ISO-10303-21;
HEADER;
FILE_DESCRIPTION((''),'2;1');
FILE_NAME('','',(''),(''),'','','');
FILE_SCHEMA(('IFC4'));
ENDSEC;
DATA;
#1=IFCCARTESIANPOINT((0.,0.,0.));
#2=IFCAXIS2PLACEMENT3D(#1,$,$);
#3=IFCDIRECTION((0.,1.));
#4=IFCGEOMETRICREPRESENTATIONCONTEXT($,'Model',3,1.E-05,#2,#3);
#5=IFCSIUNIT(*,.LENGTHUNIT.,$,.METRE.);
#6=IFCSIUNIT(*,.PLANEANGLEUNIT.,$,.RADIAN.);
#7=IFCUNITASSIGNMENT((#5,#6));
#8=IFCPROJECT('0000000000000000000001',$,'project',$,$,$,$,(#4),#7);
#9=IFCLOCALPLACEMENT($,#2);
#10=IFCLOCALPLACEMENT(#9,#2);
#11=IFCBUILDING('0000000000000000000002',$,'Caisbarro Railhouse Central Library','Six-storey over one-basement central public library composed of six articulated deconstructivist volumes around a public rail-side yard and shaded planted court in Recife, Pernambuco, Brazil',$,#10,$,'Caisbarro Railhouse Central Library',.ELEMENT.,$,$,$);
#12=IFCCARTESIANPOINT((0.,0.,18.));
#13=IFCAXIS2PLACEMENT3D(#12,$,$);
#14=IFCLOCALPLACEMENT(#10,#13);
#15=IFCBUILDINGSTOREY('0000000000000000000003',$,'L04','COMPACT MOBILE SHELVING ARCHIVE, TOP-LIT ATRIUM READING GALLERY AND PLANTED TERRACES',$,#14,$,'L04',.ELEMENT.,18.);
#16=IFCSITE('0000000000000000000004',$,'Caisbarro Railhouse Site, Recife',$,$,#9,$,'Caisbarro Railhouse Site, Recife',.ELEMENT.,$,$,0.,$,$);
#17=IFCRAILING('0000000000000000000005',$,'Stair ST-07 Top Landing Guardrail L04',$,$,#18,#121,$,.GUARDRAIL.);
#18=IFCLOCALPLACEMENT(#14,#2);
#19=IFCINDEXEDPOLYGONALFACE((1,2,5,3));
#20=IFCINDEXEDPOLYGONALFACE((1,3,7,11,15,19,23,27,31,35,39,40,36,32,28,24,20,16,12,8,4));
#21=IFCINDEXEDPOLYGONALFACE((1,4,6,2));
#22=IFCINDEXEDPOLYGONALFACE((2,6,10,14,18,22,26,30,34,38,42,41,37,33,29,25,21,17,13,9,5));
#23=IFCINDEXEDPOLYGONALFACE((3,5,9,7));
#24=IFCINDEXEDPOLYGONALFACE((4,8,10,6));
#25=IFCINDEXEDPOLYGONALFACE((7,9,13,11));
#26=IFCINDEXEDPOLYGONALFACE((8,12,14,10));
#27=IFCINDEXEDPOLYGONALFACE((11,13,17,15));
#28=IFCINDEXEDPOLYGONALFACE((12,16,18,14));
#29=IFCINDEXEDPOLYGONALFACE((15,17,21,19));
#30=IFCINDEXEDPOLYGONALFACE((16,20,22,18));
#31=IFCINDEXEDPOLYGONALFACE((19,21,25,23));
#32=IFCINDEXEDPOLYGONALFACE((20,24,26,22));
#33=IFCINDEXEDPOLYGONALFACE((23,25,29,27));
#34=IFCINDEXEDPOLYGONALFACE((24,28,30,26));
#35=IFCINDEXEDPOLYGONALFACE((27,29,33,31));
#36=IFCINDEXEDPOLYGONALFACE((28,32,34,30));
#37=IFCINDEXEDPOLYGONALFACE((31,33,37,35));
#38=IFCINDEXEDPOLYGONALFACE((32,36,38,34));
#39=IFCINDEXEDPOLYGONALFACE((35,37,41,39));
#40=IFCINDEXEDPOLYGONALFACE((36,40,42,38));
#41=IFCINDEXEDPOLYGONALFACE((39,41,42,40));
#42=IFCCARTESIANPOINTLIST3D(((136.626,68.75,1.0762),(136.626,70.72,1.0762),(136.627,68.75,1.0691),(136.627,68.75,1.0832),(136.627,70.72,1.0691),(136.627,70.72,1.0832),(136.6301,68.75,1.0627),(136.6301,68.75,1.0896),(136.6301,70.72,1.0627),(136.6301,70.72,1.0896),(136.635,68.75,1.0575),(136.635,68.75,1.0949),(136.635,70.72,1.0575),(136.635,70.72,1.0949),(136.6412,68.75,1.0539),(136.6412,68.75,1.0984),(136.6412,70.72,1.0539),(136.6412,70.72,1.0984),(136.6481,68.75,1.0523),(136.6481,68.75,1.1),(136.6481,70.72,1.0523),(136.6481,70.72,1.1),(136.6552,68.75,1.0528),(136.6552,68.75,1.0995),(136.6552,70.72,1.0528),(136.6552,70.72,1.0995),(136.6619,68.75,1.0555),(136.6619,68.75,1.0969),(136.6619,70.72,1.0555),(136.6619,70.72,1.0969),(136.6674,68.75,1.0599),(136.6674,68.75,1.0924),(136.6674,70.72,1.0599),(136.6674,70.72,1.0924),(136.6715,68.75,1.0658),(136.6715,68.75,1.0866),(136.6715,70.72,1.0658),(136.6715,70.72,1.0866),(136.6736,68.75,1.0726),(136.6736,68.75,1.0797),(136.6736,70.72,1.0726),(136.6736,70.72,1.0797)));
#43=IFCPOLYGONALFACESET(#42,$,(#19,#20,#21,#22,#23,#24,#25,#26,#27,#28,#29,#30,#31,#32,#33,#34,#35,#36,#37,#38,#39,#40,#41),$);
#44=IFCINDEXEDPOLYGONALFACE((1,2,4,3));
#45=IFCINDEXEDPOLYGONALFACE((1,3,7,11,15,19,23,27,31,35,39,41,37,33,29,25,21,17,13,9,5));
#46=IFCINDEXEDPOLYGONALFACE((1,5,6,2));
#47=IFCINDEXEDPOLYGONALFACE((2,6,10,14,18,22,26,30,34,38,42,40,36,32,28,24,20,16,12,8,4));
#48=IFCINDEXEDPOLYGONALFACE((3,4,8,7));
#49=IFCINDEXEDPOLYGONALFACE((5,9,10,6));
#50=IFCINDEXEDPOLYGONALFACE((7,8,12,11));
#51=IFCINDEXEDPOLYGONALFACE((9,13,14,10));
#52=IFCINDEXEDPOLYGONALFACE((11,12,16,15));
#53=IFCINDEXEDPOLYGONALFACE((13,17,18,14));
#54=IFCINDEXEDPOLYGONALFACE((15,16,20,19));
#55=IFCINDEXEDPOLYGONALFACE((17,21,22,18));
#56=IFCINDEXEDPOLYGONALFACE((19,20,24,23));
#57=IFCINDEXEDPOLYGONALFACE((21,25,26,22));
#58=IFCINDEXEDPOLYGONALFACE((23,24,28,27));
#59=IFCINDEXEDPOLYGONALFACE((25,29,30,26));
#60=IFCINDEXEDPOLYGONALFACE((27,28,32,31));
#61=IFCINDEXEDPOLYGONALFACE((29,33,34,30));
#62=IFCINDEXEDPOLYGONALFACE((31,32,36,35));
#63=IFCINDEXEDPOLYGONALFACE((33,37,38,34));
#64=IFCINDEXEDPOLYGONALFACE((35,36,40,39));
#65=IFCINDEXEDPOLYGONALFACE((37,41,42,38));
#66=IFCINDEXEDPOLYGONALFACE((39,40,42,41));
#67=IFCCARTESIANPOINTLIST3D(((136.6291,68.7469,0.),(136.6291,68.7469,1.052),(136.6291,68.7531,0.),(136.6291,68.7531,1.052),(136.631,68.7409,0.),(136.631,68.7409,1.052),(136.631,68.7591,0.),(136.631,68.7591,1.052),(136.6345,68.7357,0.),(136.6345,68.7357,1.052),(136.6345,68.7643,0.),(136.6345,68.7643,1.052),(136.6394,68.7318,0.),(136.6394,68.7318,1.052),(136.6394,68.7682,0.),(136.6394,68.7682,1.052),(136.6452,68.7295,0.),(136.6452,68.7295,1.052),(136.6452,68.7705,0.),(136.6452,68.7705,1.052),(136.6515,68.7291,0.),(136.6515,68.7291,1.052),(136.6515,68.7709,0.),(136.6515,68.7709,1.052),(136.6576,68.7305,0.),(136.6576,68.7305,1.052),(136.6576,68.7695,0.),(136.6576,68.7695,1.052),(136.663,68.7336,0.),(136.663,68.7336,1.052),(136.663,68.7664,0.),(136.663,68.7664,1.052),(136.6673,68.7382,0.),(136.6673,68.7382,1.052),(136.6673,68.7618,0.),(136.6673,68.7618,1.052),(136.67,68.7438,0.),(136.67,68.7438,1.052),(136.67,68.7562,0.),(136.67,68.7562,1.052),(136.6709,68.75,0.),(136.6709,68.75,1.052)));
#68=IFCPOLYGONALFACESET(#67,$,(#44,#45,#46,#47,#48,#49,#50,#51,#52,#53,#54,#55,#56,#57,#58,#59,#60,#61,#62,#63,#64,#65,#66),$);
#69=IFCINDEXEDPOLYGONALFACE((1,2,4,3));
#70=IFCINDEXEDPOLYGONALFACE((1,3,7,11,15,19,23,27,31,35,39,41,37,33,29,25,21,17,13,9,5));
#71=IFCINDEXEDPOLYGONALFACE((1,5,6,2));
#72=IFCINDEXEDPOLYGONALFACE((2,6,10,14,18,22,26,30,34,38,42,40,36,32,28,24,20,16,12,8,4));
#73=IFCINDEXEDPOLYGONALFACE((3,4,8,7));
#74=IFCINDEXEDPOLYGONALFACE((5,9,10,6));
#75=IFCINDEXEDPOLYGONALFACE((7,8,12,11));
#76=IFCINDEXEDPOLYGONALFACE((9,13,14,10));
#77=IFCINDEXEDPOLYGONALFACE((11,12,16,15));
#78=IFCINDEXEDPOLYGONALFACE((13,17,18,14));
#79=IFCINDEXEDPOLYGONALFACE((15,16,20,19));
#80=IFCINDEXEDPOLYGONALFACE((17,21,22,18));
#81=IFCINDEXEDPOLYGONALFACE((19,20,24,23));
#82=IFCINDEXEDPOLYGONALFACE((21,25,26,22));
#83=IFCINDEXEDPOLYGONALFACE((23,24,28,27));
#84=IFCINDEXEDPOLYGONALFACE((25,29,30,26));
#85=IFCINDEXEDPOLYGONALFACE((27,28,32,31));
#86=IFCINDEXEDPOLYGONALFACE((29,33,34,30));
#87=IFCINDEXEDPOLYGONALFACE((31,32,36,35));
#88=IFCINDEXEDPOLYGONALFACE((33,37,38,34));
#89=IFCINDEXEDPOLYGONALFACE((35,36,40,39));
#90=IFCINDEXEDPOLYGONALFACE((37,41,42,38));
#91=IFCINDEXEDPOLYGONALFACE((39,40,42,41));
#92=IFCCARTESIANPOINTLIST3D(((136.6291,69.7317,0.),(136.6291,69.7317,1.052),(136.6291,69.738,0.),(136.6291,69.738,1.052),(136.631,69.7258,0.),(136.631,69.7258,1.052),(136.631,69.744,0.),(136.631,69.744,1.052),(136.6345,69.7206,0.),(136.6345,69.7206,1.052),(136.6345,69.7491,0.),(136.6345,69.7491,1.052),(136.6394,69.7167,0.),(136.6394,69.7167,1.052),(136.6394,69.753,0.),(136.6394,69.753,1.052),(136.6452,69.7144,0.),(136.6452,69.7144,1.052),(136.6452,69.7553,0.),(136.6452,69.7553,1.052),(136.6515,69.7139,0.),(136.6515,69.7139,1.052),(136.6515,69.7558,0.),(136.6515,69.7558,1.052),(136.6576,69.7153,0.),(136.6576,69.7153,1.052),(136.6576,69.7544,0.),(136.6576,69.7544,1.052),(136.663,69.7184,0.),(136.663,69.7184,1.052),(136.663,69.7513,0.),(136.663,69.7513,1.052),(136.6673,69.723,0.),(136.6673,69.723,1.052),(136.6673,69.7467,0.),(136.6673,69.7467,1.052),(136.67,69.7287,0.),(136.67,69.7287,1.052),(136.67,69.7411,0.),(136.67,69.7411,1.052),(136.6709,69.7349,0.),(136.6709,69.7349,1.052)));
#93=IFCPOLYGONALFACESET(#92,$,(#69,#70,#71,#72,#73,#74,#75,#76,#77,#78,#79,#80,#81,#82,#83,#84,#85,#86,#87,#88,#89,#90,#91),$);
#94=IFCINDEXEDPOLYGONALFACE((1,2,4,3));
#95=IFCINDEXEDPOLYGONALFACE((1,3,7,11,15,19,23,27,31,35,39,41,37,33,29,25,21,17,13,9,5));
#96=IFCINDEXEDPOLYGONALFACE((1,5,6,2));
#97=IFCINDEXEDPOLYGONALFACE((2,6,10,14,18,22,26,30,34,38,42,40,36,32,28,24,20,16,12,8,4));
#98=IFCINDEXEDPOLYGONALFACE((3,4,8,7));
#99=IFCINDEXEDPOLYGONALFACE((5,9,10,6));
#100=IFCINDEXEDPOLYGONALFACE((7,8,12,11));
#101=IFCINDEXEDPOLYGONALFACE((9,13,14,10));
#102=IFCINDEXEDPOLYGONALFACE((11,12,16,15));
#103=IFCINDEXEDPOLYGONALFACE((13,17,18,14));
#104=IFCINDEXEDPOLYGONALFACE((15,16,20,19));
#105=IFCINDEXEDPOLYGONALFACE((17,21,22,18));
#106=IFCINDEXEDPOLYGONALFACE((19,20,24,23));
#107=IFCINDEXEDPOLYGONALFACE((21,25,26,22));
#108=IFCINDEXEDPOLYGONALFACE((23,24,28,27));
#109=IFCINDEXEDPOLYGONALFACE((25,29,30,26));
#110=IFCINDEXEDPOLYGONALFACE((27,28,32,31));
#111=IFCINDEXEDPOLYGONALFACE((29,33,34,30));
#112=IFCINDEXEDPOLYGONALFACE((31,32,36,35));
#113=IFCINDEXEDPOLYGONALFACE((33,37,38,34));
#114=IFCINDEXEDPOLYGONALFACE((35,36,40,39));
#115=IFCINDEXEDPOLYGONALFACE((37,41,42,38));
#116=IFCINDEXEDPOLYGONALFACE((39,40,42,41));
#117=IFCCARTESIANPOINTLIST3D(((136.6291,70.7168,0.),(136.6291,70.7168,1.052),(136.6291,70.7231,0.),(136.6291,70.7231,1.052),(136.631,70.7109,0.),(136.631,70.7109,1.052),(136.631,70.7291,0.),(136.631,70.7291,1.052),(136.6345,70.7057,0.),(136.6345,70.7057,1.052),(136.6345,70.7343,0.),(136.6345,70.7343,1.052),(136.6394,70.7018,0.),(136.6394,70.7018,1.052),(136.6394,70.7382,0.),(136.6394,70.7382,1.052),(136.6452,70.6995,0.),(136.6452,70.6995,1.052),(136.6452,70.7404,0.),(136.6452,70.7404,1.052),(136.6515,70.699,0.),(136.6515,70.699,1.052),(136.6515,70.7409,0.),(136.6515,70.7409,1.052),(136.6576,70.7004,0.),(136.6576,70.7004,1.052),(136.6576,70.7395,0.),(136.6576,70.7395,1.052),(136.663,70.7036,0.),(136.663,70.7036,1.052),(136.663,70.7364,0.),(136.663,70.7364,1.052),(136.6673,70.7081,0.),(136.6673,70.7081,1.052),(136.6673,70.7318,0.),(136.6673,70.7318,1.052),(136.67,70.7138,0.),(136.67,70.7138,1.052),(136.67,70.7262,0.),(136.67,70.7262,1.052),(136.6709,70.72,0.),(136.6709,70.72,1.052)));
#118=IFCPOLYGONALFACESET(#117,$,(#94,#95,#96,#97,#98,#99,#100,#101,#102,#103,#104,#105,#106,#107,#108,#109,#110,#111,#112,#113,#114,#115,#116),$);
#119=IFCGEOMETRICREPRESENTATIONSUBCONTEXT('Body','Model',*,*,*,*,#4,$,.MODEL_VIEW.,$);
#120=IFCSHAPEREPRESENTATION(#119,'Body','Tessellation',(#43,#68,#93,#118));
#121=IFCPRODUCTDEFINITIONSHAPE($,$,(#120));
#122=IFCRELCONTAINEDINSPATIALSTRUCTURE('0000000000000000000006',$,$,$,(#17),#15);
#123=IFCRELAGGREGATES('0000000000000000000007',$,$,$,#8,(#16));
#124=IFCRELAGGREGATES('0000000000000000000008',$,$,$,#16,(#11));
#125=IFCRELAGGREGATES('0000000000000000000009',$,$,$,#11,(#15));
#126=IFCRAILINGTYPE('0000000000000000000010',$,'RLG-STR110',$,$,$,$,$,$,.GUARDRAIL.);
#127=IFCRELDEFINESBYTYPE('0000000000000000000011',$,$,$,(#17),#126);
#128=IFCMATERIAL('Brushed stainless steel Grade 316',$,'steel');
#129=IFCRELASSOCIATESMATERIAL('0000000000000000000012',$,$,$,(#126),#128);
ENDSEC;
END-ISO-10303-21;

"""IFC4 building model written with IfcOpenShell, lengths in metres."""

from ifc_helpers import new_model, si_unit, direction, frame, origin, origin_2d, place, context, subcontext, project, spatial, circle, extrude, material, type_object, element, save


model = new_model("IFC4")

# Units and contexts
model_context = context("Model", 3, precision=1e-05, world=origin(), true_north=direction((0.0, 1.0)))
body_context = subcontext(model_context, "Body", "Model", "MODEL_VIEW")
ifc_project = project(units=[si_unit("LENGTHUNIT", "METRE"), si_unit("PLANEANGLEUNIT", "RADIAN")], contexts=[model_context])

# Site, building, storey
site_placement = place(None, origin())
site = spatial("IfcSite", under=ifc_project, at=site_placement, Name="Caisbarro Railhouse Site, Recife", LongName="Caisbarro Railhouse Site, Recife", CompositionType="ELEMENT", RefElevation=0.0)
building_placement = place(site_placement, origin())
building = spatial("IfcBuilding", under=site, at=building_placement, Name="Caisbarro Railhouse Central Library", Description="Six-storey over one-basement central public library composed of six articulated deconstructivist volumes around a public rail-side yard and shaded planted court in Recife, Pernambuco, Brazil", LongName="Caisbarro Railhouse Central Library", CompositionType="ELEMENT")
storey_placement = place(building_placement, frame((0.0, 0.0, 18.0)))
storey = spatial("IfcBuildingStorey", under=building, at=storey_placement, Name="L04", Description="COMPACT MOBILE SHELVING ARCHIVE, TOP-LIT ATRIUM READING GALLERY AND PLANTED TERRACES", LongName="L04", CompositionType="ELEMENT", Elevation=18.0)

# Railing
ifc_material_1 = material(Name="Brushed stainless steel Grade 316", Category="steel")
railing_type = type_object("IfcRailingType", Name="RLG-STR110", PredefinedType="GUARDRAIL", material=ifc_material_1)
railing_placement = place(storey_placement, frame((136.6499, 68.75, 0.0)))
element("IfcRailing", 1, at=railing_placement, inside=storey, type_object=railing_type, Name="Stair ST-07 Top Landing Guardrail L04", PredefinedType="GUARDRAIL", context=body_context, shape_type="SweptSolid", body=[
    extrude(circle(Radius=0.0239, at=origin_2d()), frame((0.0, 0.0, 1.0762), z_axis=(0.0, 1.0, 0.0), x_axis=(-1.0, 0.0, 0.0)), (0.0, 0.0, 1.0), 1.97),
    extrude(circle(Radius=0.021, at=origin_2d()), origin(), (0.0, 0.0, 1.0), 1.052),
    extrude(circle(Radius=0.021, at=origin_2d()), frame((0.0, 0.9849, 0.0)), (0.0, 0.0, 1.0), 1.052),
    extrude(circle(Radius=0.021, at=origin_2d()), frame((0.0, 1.97, 0.0)), (0.0, 0.0, 1.0), 1.052),
])

save(model, "model.ifc")
